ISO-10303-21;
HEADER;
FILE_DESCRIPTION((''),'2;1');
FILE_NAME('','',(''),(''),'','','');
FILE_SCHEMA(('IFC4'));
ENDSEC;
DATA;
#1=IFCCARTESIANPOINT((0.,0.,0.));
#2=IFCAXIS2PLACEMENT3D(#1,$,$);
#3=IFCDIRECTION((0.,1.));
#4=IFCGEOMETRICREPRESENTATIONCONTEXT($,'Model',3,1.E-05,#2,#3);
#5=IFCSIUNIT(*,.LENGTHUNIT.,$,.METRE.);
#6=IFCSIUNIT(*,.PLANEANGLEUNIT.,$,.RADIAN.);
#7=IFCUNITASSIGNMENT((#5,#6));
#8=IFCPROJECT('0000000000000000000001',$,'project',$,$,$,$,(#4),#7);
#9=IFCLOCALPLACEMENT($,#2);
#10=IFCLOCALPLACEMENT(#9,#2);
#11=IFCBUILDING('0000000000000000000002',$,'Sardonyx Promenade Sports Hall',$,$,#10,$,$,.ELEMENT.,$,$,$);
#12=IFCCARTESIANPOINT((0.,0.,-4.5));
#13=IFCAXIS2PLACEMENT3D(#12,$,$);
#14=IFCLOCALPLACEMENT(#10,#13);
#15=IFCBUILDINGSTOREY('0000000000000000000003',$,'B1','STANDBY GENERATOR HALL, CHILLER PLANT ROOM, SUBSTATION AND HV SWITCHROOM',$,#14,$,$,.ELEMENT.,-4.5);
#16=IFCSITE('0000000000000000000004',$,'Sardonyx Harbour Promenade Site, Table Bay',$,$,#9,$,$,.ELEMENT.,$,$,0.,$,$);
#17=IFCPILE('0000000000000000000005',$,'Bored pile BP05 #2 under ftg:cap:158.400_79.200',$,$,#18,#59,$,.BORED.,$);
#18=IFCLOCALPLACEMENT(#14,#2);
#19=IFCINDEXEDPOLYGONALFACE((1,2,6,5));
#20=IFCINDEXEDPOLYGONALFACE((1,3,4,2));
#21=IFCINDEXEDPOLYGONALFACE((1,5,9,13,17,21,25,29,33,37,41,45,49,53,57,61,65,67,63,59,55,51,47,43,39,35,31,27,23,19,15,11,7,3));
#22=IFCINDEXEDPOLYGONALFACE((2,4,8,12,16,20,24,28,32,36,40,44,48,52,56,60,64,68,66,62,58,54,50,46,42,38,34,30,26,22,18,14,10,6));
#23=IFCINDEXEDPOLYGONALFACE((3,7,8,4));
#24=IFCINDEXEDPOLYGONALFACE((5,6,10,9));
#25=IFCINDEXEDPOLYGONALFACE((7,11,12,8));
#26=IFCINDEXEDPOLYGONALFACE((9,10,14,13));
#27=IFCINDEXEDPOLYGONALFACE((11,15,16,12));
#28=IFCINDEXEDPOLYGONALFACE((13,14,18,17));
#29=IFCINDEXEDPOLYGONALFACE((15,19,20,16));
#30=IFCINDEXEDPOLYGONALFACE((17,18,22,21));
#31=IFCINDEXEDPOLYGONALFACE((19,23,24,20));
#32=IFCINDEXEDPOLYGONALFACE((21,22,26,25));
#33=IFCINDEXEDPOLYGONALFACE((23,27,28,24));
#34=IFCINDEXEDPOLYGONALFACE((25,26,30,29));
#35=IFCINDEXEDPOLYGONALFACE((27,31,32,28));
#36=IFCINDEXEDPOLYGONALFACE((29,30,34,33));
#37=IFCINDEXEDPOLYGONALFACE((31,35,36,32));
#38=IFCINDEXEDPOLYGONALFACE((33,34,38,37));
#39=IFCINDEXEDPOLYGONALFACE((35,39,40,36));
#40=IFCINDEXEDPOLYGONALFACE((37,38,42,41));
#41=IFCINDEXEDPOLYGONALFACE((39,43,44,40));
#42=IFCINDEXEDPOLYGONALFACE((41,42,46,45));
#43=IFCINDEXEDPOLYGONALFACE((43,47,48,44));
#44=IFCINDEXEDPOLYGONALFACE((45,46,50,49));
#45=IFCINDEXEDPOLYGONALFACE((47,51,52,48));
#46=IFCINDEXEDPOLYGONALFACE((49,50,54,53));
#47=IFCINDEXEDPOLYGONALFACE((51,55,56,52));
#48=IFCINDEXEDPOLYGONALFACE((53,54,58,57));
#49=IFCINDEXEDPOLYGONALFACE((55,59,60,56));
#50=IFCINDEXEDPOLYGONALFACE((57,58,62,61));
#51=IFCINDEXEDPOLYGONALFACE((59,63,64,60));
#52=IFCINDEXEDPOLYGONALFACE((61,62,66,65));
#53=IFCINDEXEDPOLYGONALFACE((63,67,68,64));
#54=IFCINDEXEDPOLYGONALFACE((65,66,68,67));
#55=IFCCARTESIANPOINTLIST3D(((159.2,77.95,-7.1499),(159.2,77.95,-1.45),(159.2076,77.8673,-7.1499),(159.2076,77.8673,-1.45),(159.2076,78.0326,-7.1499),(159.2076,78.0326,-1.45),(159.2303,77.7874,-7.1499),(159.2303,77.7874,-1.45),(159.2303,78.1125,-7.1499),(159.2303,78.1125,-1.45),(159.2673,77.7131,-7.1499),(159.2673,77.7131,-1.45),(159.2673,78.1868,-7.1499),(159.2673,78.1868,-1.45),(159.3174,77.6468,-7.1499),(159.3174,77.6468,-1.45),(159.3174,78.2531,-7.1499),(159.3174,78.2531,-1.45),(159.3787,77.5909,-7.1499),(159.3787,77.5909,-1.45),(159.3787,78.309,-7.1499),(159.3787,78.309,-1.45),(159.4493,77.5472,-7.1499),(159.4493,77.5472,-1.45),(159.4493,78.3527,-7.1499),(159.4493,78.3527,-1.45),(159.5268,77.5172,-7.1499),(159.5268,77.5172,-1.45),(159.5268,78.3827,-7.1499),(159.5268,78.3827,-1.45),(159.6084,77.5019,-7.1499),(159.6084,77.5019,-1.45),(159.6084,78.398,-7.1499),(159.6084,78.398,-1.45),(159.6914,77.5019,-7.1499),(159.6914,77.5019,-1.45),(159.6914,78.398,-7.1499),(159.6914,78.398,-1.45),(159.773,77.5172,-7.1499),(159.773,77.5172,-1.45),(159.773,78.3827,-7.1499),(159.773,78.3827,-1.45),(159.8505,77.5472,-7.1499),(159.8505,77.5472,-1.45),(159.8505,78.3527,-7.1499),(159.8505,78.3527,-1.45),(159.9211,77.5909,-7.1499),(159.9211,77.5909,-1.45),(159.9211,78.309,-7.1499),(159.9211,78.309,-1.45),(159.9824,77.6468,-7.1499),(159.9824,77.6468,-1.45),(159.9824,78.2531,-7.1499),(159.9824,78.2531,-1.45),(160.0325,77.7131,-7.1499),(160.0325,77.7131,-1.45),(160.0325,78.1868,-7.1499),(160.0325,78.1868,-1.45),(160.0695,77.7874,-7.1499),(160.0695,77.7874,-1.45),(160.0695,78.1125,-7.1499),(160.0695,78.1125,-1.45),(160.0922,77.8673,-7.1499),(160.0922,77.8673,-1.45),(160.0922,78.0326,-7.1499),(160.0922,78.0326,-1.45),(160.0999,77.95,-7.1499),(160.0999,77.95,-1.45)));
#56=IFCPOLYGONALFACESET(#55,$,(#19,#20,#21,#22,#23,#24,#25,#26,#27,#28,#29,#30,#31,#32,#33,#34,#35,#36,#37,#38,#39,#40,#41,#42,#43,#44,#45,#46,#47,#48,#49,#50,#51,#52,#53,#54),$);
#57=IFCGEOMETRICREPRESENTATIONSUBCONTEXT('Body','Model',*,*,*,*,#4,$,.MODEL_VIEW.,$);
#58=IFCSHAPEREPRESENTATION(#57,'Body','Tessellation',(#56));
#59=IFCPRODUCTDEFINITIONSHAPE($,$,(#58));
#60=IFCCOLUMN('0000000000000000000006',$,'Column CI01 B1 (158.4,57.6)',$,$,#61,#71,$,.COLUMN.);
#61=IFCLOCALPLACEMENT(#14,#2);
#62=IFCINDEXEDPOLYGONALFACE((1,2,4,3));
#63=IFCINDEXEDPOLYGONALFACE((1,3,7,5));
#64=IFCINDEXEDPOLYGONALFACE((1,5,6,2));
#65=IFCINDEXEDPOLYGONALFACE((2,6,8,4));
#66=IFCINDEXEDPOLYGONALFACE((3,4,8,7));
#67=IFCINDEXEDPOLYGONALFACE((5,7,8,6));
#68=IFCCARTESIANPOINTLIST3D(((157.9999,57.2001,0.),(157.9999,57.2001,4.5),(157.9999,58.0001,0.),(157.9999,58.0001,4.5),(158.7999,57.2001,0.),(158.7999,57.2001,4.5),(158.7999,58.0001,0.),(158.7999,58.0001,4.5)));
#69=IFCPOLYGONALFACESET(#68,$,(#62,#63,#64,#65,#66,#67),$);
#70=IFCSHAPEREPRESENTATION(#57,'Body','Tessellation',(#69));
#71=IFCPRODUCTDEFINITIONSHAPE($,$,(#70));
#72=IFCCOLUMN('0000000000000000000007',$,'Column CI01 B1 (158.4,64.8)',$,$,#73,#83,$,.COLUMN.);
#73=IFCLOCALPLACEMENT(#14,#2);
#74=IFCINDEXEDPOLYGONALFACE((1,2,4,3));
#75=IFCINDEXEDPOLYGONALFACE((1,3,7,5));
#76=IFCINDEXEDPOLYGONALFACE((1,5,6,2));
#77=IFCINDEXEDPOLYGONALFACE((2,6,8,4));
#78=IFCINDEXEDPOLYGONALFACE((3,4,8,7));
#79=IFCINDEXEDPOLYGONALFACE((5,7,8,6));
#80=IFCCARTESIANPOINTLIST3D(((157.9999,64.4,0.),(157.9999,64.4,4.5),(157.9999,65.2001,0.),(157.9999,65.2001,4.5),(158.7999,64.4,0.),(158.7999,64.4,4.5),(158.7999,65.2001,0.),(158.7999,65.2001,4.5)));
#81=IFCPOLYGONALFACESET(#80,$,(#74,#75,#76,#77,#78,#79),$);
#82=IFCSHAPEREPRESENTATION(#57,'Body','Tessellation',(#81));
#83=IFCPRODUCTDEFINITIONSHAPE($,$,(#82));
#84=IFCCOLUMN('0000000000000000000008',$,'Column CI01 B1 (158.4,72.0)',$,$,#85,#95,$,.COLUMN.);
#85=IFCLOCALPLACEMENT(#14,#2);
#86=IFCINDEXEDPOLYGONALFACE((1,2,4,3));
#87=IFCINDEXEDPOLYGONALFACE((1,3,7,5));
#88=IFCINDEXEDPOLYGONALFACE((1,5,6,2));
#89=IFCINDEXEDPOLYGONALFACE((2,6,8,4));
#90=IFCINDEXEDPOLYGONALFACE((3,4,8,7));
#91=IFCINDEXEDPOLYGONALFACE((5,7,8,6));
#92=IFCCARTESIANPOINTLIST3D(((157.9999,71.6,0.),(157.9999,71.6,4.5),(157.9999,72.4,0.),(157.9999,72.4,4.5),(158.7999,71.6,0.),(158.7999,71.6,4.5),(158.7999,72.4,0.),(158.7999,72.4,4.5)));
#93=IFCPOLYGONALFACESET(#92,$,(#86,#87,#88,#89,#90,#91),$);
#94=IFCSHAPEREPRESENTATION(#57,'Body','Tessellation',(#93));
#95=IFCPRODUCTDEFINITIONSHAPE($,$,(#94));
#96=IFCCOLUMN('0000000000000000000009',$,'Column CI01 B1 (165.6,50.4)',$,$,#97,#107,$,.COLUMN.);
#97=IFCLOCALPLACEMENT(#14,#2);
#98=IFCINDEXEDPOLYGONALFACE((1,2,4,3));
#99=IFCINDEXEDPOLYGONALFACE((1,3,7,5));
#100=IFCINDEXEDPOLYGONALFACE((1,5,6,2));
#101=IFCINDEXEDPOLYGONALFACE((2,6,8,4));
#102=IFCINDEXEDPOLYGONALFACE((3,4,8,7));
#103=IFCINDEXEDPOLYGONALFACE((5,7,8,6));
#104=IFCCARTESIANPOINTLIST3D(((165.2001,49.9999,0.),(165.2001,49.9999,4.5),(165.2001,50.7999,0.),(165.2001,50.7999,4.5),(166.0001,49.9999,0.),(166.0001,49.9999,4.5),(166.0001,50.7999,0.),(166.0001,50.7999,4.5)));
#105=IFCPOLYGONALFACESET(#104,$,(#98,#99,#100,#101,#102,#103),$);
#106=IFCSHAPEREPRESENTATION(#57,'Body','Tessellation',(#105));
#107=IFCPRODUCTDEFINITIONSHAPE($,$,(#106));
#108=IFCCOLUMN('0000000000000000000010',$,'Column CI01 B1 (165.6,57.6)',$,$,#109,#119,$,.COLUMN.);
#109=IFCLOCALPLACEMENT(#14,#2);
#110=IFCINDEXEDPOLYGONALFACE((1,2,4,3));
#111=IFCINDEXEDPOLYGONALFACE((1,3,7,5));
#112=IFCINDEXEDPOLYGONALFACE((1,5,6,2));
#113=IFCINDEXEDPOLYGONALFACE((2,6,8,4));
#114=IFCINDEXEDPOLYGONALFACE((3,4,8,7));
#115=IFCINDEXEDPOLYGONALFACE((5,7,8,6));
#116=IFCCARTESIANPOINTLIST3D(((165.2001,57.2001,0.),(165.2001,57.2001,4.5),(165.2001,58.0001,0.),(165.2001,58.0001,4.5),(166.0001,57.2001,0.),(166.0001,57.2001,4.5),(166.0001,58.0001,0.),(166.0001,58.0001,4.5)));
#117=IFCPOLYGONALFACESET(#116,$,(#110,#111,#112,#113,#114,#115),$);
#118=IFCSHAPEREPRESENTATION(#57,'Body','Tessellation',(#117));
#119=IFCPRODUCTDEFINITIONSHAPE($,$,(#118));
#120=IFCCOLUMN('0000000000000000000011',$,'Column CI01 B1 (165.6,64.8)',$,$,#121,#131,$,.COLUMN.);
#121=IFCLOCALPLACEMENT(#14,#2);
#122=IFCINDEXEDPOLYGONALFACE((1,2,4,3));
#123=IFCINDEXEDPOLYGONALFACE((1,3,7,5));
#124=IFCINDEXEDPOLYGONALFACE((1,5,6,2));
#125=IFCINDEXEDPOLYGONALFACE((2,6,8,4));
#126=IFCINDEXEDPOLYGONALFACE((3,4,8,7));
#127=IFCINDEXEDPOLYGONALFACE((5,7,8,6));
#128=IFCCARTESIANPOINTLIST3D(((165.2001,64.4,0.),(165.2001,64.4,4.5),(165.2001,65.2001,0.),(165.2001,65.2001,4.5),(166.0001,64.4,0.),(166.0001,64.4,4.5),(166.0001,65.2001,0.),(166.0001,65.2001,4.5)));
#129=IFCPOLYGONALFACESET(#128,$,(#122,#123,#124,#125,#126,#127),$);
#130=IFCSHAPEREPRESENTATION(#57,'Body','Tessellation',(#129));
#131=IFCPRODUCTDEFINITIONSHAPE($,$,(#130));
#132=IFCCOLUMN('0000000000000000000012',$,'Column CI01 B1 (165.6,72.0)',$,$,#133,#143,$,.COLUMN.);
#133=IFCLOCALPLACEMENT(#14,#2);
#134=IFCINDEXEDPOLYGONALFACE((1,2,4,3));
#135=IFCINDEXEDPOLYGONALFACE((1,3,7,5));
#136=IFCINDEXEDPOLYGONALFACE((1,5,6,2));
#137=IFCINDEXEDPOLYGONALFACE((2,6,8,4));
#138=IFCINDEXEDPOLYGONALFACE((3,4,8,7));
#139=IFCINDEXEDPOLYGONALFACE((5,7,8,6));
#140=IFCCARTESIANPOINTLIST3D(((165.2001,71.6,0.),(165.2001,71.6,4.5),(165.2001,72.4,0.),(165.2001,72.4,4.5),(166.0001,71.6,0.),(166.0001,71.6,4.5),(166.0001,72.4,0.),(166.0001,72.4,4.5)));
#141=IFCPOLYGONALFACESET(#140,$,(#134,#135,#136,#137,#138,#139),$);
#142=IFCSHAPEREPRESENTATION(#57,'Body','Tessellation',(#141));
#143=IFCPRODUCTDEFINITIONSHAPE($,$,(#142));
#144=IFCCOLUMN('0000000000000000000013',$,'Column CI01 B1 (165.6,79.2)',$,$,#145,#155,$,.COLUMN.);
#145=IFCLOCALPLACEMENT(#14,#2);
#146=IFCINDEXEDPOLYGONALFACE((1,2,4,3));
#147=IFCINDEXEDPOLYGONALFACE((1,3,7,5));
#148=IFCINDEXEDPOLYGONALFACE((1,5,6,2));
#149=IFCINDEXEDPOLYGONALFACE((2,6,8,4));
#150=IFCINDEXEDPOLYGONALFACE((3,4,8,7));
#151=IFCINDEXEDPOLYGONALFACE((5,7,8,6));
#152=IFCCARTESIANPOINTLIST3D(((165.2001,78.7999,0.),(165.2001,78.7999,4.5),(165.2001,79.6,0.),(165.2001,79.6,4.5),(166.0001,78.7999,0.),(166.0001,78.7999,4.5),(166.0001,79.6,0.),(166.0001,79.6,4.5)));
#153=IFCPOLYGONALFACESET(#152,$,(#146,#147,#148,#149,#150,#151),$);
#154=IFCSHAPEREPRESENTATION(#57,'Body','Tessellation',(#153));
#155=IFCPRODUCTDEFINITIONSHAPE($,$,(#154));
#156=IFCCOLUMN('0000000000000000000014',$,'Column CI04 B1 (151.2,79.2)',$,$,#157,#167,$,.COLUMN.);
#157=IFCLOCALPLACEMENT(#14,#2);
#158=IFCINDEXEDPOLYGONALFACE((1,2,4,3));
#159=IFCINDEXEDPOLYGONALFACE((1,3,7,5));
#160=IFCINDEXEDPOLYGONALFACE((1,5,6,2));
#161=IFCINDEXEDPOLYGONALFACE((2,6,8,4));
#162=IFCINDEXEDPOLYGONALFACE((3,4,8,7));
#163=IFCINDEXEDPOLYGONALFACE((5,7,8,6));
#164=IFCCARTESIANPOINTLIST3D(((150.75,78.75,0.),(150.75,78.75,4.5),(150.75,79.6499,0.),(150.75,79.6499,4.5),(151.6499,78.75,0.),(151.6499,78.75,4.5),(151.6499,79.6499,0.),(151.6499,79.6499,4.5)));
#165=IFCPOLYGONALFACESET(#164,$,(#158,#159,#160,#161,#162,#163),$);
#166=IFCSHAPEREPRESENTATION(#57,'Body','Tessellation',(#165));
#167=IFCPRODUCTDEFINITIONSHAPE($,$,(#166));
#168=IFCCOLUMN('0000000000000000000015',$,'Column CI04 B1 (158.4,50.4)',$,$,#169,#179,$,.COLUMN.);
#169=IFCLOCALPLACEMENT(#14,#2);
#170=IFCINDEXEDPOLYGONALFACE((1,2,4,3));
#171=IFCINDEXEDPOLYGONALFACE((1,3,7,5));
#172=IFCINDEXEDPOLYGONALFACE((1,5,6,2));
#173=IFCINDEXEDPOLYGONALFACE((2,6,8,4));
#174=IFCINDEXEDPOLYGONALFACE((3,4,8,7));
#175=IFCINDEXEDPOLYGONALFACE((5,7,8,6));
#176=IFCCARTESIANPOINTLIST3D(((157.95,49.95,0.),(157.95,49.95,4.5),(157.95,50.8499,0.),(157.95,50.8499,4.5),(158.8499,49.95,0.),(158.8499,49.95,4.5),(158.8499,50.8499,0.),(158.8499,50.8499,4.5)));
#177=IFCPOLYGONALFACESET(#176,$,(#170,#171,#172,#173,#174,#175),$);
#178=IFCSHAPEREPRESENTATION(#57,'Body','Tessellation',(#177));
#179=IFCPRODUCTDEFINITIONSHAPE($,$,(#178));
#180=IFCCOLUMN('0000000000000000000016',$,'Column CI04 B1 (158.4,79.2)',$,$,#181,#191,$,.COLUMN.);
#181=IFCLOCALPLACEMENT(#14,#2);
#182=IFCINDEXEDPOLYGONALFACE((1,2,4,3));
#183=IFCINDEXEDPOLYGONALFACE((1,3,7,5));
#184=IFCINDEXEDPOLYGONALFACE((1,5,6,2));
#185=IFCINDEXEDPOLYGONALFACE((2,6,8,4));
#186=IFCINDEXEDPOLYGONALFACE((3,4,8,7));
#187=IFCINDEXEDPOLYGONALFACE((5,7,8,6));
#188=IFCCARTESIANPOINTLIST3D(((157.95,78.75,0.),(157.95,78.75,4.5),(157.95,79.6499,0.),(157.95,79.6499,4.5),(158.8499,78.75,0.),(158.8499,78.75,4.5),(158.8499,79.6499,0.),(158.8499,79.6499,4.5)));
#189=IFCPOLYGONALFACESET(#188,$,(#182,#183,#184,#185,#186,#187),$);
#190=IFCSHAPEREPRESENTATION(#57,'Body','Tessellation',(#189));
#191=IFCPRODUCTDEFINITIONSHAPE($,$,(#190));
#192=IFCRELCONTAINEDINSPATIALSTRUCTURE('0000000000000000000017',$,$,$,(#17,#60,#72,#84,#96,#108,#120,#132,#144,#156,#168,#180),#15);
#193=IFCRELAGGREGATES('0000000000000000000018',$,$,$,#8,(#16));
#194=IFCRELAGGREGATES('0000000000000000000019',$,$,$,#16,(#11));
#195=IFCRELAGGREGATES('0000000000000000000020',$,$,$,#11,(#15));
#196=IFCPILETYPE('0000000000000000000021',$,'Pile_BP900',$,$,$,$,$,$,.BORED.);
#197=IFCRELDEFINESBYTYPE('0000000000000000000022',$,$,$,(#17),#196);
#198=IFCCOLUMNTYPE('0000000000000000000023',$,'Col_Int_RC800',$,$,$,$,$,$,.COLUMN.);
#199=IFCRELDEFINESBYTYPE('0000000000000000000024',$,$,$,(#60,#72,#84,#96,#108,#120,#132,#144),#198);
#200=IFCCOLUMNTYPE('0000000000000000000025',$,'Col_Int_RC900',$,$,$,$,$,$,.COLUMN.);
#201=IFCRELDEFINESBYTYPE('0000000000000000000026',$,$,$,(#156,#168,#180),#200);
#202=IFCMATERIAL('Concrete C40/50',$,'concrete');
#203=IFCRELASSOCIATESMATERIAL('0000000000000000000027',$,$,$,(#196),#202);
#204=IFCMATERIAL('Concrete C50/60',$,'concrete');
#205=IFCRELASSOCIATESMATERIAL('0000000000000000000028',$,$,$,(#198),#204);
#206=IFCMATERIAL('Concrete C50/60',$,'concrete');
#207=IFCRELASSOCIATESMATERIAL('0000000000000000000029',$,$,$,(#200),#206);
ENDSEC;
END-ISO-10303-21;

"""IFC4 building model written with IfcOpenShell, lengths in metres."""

from ifc_helpers import new_model, si_unit, direction, frame, origin, origin_2d, place, context, subcontext, project, spatial, rectangle, circle, extrude, material, material_profile, profile_set, type_object, element, save


model = new_model("IFC4")

# Units and contexts
model_context = context("Model", 3, precision=1e-05, world=origin(), true_north=direction((0.0, 1.0)))
body_context = subcontext(model_context, "Body", "Model", "MODEL_VIEW")
ifc_project = project(units=[si_unit("LENGTHUNIT", "METRE"), si_unit("PLANEANGLEUNIT", "RADIAN")], contexts=[model_context])

# Site, building, storey
site_placement = place(None, origin())
site = spatial("IfcSite", under=ifc_project, at=site_placement, Name="Sardonyx Harbour Promenade Site, Table Bay", CompositionType="ELEMENT", RefElevation=0.0)
building_placement = place(site_placement, origin())
building = spatial("IfcBuilding", under=site, at=building_placement, Name="Sardonyx Promenade Sports Hall", CompositionType="ELEMENT")
storey_placement = place(building_placement, frame((0.0, 0.0, -4.5)))
storey = spatial("IfcBuildingStorey", under=building, at=storey_placement, Name="B1", Description="STANDBY GENERATOR HALL, CHILLER PLANT ROOM, SUBSTATION AND HV SWITCHROOM", CompositionType="ELEMENT", Elevation=-4.5)

# Pile
ifc_material_1 = material(Name="Concrete C40/50", Category="concrete")
ifc_material_profile_1 = material_profile(ifc_material_1, circle(Radius=0.45, at=origin_2d()))
ifc_profile_set_1 = profile_set([ifc_material_profile_1], Name="Concrete C40/50")
pile_type_1 = type_object("IfcPileType", Name="Pile_BP900", PredefinedType="BORED", material=ifc_profile_set_1)
for number, where, z_axis, x_axis, name in (
    (1, (159.6499, 77.95, -1.45), (0.0, 0.0, -1.0), (1.0, 0.0, 0.0), "Bored pile BP05 #2 under ftg:cap:158.400_79.200"),
):
    element("IfcPile", number, at=place(storey_placement, frame(where, z_axis=z_axis, x_axis=x_axis)), inside=storey, type_object=pile_type_1, Name=name, PredefinedType="BORED", context=body_context, shape_type="SweptSolid", body=[
        extrude(circle(Radius=0.45, at=origin_2d()), origin(), (0.0, 0.0, 1.0), 5.7),
    ])

# Columns
ifc_material_2 = material(Name="Concrete C50/60", Category="concrete")
ifc_material_profile_2 = material_profile(ifc_material_2, rectangle(XDim=0.8, YDim=0.8, at=origin_2d()))
ifc_profile_set_2 = profile_set([ifc_material_profile_2], Name="Concrete C50/60")
column_type_1 = type_object("IfcColumnType", Name="Col_Int_RC800", PredefinedType="COLUMN", material=ifc_profile_set_2)
for number, where, z_axis, x_axis, name in (
    (2, (158.3999, 57.6001, 0.0), (0.0, 0.0, 1.0), (1.0, 0.0, 0.0), "Column CI01 B1 (158.4,57.6)"),
    (3, (158.3999, 64.8, 0.0), (0.0, 0.0, 1.0), (1.0, 0.0, 0.0), "Column CI01 B1 (158.4,64.8)"),
    (4, (158.3999, 72.0, 0.0), (0.0, 0.0, 1.0), (1.0, 0.0, 0.0), "Column CI01 B1 (158.4,72.0)"),
    (5, (165.6001, 50.3999, 0.0), (0.0, 0.0, 1.0), (1.0, 0.0, 0.0), "Column CI01 B1 (165.6,50.4)"),
    (6, (165.6001, 57.6001, 0.0), (0.0, 0.0, 1.0), (1.0, 0.0, 0.0), "Column CI01 B1 (165.6,57.6)"),
    (7, (165.6001, 64.8, 0.0), (0.0, 0.0, 1.0), (1.0, 0.0, 0.0), "Column CI01 B1 (165.6,64.8)"),
    (8, (165.6001, 72.0, 0.0), (0.0, 0.0, 1.0), (1.0, 0.0, 0.0), "Column CI01 B1 (165.6,72.0)"),
    (9, (165.6001, 79.2, 0.0), (0.0, 0.0, 1.0), (1.0, 0.0, 0.0), "Column CI01 B1 (165.6,79.2)"),
):
    element("IfcColumn", number, at=place(storey_placement, frame(where, z_axis=z_axis, x_axis=x_axis)), inside=storey, type_object=column_type_1, Name=name, PredefinedType="COLUMN", context=body_context, shape_type="SweptSolid", body=[
        extrude(rectangle(XDim=0.8, YDim=0.8, at=origin_2d()), origin(), (0.0, 0.0, 1.0), 4.5),
    ])
ifc_material_3 = material(Name="Concrete C50/60", Category="concrete")
ifc_material_profile_3 = material_profile(ifc_material_3, rectangle(XDim=0.8999, YDim=0.8999, at=origin_2d()))
ifc_profile_set_3 = profile_set([ifc_material_profile_3], Name="Concrete C50/60")
column_type_2 = type_object("IfcColumnType", Name="Col_Int_RC900", PredefinedType="COLUMN", material=ifc_profile_set_3)
for number, where, z_axis, x_axis, name in (
    (10, (151.2, 79.2, 0.0), (0.0, 0.0, 1.0), (1.0, 0.0, 0.0), "Column CI04 B1 (151.2,79.2)"),
    (11, (158.3999, 50.3999, 0.0), (0.0, 0.0, 1.0), (1.0, 0.0, 0.0), "Column CI04 B1 (158.4,50.4)"),
    (12, (158.3999, 79.2, 0.0), (0.0, 0.0, 1.0), (1.0, 0.0, 0.0), "Column CI04 B1 (158.4,79.2)"),
):
    element("IfcColumn", number, at=place(storey_placement, frame(where, z_axis=z_axis, x_axis=x_axis)), inside=storey, type_object=column_type_2, Name=name, PredefinedType="COLUMN", context=body_context, shape_type="SweptSolid", body=[
        extrude(rectangle(XDim=0.8999, YDim=0.8999, at=origin_2d()), origin(), (0.0, 0.0, 1.0), 4.5),
    ])

save(model, "model.ifc")
